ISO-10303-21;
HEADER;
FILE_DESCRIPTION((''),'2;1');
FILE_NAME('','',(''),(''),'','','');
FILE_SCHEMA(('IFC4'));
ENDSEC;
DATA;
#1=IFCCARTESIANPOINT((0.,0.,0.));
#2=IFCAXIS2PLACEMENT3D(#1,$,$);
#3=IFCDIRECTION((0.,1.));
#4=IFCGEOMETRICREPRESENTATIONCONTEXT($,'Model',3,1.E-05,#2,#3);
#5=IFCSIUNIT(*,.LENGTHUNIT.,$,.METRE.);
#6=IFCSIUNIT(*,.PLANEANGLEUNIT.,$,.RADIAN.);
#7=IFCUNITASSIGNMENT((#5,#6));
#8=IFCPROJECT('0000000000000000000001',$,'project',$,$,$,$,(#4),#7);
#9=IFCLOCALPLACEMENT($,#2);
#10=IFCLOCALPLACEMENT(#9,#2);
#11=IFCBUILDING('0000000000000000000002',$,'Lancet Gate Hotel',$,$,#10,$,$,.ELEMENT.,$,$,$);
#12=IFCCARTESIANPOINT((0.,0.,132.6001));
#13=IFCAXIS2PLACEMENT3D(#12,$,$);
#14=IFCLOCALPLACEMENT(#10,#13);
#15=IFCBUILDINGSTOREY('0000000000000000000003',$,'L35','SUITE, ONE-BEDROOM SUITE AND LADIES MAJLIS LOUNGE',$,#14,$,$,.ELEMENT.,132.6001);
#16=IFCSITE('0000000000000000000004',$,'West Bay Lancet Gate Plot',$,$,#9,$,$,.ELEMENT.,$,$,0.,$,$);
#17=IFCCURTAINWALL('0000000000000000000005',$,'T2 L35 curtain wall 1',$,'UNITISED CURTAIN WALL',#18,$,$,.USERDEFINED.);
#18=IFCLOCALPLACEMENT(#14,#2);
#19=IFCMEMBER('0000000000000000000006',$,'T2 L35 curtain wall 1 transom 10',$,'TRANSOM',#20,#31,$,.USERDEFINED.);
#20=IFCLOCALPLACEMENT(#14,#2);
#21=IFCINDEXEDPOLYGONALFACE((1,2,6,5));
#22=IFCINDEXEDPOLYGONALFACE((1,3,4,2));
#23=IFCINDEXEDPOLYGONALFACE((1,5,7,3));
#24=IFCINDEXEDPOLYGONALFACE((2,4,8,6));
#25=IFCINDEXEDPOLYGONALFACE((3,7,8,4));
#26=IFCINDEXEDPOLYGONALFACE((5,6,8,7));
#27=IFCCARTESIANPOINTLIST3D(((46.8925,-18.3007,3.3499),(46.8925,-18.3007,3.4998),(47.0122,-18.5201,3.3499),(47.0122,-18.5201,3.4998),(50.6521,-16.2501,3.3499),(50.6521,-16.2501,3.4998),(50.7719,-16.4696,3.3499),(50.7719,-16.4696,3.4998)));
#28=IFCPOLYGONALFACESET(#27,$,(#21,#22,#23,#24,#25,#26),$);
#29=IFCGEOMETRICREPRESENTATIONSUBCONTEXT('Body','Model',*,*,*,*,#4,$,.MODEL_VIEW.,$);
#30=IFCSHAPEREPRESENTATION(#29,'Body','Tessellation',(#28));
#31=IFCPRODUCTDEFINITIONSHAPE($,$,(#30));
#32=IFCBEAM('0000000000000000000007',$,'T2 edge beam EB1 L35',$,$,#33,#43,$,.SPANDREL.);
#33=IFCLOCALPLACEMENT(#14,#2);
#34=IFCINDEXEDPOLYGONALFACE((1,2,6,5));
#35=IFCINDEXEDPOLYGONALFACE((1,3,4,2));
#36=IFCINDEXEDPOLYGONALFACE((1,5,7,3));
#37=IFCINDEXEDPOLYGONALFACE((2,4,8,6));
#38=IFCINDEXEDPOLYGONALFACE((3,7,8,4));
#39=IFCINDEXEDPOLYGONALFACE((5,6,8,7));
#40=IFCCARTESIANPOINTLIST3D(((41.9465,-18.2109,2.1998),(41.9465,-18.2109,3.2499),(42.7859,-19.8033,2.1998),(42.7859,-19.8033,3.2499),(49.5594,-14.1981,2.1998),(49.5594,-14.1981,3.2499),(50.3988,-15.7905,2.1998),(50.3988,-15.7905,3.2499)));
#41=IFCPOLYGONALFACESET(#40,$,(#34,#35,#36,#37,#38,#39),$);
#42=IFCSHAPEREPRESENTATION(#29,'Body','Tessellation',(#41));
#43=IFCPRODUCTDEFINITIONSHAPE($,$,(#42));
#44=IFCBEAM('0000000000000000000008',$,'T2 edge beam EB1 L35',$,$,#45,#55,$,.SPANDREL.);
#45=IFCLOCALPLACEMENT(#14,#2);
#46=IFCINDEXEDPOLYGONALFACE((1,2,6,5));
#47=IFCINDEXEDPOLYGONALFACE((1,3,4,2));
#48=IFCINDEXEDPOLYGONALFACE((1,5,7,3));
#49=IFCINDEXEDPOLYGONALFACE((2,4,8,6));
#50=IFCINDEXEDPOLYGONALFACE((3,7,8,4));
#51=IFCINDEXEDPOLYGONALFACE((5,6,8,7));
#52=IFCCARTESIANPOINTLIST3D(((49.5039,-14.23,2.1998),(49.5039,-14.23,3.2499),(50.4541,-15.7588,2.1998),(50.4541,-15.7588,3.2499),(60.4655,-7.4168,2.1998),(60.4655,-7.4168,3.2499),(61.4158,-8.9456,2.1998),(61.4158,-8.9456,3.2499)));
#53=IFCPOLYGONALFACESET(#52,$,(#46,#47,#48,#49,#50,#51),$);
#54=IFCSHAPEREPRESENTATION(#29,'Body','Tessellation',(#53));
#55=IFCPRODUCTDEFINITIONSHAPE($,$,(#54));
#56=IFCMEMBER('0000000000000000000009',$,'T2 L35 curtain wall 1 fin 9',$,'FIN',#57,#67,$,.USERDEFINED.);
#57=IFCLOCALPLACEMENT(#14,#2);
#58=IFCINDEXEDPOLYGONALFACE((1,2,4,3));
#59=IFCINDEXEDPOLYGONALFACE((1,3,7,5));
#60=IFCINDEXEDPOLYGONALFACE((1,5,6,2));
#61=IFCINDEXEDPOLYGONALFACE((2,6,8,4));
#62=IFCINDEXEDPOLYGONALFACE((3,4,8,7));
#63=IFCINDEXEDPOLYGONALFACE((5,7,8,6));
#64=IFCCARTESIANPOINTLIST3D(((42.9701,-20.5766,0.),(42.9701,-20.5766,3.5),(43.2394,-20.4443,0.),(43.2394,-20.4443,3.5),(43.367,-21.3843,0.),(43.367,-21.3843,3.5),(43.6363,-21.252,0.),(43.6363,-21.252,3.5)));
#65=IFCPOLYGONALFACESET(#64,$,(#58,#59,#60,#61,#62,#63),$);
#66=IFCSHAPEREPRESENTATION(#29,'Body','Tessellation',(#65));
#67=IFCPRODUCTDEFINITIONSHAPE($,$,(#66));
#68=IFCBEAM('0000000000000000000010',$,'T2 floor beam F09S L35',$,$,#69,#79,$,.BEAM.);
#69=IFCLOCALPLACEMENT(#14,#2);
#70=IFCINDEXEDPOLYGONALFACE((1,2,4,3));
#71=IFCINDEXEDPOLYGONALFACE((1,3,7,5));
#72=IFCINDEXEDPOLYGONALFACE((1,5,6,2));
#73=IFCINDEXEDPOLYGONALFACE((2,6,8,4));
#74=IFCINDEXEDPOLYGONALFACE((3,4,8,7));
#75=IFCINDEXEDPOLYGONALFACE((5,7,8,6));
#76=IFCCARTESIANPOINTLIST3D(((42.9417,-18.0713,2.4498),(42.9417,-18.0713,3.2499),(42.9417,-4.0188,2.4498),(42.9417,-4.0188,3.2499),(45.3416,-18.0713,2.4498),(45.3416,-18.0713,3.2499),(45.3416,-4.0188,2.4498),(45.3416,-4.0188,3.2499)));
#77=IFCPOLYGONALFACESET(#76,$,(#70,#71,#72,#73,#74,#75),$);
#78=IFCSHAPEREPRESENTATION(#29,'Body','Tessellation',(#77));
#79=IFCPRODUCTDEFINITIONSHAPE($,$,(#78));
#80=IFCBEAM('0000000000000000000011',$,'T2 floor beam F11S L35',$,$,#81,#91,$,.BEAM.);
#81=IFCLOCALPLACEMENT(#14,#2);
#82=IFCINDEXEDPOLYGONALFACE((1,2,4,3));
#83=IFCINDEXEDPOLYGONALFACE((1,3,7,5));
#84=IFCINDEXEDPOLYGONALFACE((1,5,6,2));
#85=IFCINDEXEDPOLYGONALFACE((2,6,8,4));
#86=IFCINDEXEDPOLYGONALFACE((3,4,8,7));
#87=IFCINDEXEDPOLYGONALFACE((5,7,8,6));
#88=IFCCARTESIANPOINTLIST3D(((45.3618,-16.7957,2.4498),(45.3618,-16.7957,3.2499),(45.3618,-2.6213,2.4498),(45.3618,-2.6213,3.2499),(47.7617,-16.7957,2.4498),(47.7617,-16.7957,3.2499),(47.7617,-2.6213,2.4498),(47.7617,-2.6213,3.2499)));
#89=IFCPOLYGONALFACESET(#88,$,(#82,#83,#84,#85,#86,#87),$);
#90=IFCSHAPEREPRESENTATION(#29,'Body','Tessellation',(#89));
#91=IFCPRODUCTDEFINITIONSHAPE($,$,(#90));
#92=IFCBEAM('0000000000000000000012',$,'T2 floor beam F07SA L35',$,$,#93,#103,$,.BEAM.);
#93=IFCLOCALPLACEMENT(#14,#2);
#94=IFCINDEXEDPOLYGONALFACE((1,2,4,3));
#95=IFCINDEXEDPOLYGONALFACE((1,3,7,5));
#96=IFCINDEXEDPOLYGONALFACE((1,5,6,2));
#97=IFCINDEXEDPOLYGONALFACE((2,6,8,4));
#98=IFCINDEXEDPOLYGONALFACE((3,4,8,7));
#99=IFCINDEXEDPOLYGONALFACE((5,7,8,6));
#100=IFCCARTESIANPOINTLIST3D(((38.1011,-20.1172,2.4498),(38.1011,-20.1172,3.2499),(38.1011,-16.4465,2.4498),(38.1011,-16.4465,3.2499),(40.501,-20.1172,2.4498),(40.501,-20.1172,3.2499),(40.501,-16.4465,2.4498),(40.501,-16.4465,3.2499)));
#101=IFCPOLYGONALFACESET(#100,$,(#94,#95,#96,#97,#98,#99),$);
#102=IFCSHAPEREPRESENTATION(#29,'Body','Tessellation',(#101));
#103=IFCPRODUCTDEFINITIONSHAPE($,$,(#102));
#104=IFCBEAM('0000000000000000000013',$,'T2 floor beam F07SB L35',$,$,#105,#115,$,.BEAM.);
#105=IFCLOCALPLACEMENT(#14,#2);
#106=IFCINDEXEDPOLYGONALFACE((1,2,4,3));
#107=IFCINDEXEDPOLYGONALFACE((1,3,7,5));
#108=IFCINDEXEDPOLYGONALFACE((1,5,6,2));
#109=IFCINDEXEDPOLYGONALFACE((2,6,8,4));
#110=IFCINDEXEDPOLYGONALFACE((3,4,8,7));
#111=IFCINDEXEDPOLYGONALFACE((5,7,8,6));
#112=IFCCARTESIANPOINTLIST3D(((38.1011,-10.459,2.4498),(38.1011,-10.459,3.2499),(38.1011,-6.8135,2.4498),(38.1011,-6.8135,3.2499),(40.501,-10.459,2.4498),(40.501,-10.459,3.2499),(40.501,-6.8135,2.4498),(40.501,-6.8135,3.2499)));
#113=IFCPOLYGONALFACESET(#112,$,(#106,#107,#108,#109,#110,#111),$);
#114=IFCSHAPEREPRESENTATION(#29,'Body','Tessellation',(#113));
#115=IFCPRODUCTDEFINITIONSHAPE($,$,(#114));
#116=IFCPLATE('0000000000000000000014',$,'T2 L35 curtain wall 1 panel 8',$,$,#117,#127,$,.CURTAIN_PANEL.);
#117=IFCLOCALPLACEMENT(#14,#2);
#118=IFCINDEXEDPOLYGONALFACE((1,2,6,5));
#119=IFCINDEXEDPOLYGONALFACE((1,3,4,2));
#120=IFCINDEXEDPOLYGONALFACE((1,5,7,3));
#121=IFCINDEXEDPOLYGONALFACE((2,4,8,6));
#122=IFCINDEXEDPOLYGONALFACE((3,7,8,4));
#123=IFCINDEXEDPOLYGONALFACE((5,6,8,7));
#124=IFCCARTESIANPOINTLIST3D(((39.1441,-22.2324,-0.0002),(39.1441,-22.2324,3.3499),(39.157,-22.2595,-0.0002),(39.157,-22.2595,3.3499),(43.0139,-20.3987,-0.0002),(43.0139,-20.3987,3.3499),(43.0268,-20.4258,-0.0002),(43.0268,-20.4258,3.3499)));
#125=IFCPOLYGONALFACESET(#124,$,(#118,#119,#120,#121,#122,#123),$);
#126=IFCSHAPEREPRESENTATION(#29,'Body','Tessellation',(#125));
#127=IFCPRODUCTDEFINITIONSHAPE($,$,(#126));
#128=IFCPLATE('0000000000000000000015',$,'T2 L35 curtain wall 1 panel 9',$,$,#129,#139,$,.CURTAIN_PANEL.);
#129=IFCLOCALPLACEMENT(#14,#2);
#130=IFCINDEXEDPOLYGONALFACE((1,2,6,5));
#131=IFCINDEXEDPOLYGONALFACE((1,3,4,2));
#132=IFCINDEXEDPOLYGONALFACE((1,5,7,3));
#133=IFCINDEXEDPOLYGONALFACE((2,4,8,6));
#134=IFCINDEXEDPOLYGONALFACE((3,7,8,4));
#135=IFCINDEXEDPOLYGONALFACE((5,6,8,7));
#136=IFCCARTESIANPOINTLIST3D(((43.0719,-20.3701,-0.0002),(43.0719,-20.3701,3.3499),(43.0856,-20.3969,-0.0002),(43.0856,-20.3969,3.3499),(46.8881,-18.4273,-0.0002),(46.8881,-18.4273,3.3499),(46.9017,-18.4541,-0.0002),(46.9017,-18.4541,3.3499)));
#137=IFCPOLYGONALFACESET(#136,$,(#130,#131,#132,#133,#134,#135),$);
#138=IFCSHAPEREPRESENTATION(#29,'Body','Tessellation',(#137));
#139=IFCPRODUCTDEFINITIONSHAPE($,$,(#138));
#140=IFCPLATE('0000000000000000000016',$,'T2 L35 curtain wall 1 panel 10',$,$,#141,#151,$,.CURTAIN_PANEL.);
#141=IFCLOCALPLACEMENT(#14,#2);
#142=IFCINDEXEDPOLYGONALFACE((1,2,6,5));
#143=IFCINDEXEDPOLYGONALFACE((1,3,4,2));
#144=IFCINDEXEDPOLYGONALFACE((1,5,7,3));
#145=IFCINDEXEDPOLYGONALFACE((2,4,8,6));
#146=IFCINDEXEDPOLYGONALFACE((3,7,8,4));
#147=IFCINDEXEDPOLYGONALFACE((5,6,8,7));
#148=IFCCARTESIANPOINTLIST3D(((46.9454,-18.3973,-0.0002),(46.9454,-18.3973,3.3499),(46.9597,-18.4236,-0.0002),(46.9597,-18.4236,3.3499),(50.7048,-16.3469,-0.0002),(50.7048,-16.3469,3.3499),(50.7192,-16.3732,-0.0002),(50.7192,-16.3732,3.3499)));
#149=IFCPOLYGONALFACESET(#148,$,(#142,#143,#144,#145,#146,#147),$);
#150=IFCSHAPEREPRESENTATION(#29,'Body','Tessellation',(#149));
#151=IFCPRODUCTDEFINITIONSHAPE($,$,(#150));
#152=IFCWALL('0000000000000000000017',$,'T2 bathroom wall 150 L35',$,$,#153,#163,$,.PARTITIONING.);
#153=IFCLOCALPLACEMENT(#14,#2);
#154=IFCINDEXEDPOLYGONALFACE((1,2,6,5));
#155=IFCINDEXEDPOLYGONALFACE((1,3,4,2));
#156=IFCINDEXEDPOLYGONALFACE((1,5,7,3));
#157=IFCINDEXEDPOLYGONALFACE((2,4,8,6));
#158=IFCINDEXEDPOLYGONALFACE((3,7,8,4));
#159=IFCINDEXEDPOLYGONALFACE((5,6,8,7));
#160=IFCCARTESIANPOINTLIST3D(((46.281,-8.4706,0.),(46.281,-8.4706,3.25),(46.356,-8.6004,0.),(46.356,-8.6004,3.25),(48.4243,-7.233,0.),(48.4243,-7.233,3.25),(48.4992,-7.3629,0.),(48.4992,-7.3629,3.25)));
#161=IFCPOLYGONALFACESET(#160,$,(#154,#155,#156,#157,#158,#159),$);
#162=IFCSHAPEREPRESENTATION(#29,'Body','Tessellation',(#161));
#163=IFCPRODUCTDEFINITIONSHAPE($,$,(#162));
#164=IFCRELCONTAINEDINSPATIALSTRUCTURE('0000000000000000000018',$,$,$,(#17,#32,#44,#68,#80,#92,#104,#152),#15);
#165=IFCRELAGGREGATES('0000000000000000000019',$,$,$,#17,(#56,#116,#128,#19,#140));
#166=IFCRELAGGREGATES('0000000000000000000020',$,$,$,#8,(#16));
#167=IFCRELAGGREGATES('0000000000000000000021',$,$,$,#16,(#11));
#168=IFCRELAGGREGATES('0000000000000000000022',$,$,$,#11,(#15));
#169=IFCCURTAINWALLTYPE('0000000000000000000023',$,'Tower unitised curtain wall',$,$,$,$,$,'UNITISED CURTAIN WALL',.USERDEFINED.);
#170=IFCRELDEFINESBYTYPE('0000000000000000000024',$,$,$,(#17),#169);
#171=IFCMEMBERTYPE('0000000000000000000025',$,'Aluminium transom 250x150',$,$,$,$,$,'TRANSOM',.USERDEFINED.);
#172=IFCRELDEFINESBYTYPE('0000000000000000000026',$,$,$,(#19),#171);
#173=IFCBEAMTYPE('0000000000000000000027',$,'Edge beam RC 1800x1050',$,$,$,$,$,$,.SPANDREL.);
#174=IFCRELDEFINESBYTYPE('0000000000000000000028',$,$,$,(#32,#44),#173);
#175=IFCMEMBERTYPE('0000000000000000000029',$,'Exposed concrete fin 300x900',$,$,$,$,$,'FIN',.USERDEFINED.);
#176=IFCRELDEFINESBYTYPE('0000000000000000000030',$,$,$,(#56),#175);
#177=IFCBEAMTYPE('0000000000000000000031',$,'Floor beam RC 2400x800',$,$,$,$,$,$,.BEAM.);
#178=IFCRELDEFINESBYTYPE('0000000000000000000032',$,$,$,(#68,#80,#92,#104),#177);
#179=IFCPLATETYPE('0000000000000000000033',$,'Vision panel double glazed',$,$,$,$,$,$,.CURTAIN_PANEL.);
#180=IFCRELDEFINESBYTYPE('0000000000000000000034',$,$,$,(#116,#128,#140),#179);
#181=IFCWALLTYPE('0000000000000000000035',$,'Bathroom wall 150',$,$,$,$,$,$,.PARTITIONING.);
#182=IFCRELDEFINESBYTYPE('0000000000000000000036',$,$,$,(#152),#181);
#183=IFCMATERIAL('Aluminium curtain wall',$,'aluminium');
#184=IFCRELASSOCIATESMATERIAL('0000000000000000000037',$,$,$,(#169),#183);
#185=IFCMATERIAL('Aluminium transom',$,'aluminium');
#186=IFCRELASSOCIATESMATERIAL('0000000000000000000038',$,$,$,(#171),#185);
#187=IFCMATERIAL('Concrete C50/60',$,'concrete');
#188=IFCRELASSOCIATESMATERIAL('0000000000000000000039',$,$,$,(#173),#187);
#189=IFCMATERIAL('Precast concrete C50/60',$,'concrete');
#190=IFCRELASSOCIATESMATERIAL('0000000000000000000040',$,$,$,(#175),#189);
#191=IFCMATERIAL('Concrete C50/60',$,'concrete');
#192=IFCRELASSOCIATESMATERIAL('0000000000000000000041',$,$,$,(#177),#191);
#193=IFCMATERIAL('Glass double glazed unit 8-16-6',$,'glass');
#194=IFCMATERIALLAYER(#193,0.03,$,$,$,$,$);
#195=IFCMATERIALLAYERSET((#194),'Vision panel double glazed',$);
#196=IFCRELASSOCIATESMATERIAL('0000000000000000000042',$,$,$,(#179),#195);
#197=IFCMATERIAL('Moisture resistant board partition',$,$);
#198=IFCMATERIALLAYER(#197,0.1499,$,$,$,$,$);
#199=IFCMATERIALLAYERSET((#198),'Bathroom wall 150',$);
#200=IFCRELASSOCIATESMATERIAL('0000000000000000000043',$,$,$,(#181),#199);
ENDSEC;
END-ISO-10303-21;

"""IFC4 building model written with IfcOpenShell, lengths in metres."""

from ifc_helpers import new_model, si_unit, direction, frame, frame_2d, origin, origin_2d, place, context, subcontext, project, spatial, rectangle, extrude, material, layer, layer_set, material_profile, profile_set, type_object, element, aggregate, save


model = new_model("IFC4")

# Units and contexts
model_context = context("Model", 3, precision=1e-05, world=origin(), true_north=direction((0.0, 1.0)))
body_context = subcontext(model_context, "Body", "Model", "MODEL_VIEW")
ifc_project = project(units=[si_unit("LENGTHUNIT", "METRE"), si_unit("PLANEANGLEUNIT", "RADIAN")], contexts=[model_context])

# Site, building, storey
site_placement = place(None, origin())
site = spatial("IfcSite", under=ifc_project, at=site_placement, Name="West Bay Lancet Gate Plot", CompositionType="ELEMENT", RefElevation=0.0)
building_placement = place(site_placement, origin())
building = spatial("IfcBuilding", under=site, at=building_placement, Name="Lancet Gate Hotel", CompositionType="ELEMENT")
storey_placement = place(building_placement, frame((0.0, 0.0, 132.6001)))
storey = spatial("IfcBuildingStorey", under=building, at=storey_placement, Name="L35", Description="SUITE, ONE-BEDROOM SUITE AND LADIES MAJLIS LOUNGE", CompositionType="ELEMENT", Elevation=132.6001)

# Curtain wall, member
ifc_material_1 = material(Name="Aluminium curtain wall", Category="aluminium")
curtain_wall_type = type_object("IfcCurtainWallType", Name="Tower unitised curtain wall", ElementType="UNITISED CURTAIN WALL", PredefinedType="USERDEFINED", material=ifc_material_1)
curtain_wall_placement = place(storey_placement, origin())
curtain_wall = element("IfcCurtainWall", 1, at=curtain_wall_placement, inside=storey, type_object=curtain_wall_type, Name="T2 L35 curtain wall 1", ObjectType="UNITISED CURTAIN WALL", PredefinedType="USERDEFINED")
ifc_material_2 = material(Name="Aluminium transom", Category="aluminium")
ifc_material_profile_1 = material_profile(ifc_material_2, rectangle(XDim=0.25, YDim=0.1499, at=origin_2d()), Name="TRANSOM 250x150")
ifc_profile_set_1 = profile_set([ifc_material_profile_1], Name="Aluminium transom")
member_type_1 = type_object("IfcMemberType", Name="Aluminium transom 250x150", ElementType="TRANSOM", PredefinedType="USERDEFINED", material=ifc_profile_set_1)
member_1_placement = place(storey_placement, frame((46.9524, -18.4104, 3.4248), z_axis=(0.877906, 0.478832, 0.0), x_axis=(-0.478832, 0.877906, 0.0)))
member_1 = element("IfcMember", 2, at=member_1_placement, type_object=member_type_1, Name="T2 L35 curtain wall 1 transom 10", ObjectType="TRANSOM", PredefinedType="USERDEFINED", context=body_context, shape_type="SweptSolid", body=[
    extrude(rectangle(XDim=0.25, YDim=0.1499, at=origin_2d()), origin(), (0.0, 0.0, 1.0), 4.2825),
])

# Beams
ifc_material_3 = material(Name="Concrete C50/60", Category="concrete")
ifc_material_profile_2 = material_profile(ifc_material_3, rectangle(XDim=1.8, YDim=1.05, at=origin_2d()), Name="RC 1800x1050")
ifc_profile_set_2 = profile_set([ifc_material_profile_2], Name="Concrete C50/60")
beam_type_1 = type_object("IfcBeamType", Name="Edge beam RC 1800x1050", PredefinedType="SPANDREL", material=ifc_profile_set_2)
beam_1_placement = place(storey_placement, frame((42.3662, -19.0071, 2.7249), z_axis=(0.884633, 0.466289, 0.0), x_axis=(-0.466289, 0.884633, 0.0)))
element("IfcBeam", 3, at=beam_1_placement, inside=storey, type_object=beam_type_1, Name="T2 edge beam EB1 L35", PredefinedType="SPANDREL", context=body_context, shape_type="SweptSolid", body=[
    extrude(rectangle(XDim=1.8, YDim=1.05, at=origin_2d()), origin(), (0.0, 0.0, 1.0), 8.6057),
])
beam_2_placement = place(storey_placement, frame((49.979, -14.9944, 2.7249), z_axis=(0.849312, 0.527891, 0.0), x_axis=(-0.527891, 0.849312, 0.0)))
element("IfcBeam", 4, at=beam_2_placement, inside=storey, type_object=beam_type_1, Name="T2 edge beam EB1 L35", PredefinedType="SPANDREL", context=body_context, shape_type="SweptSolid", body=[
    extrude(rectangle(XDim=1.8, YDim=1.05, at=origin_2d()), origin(), (0.0, 0.0, 1.0), 12.9065),
])

# Member
ifc_material_4 = material(Name="Precast concrete C50/60", Category="concrete")
ifc_material_profile_3 = material_profile(ifc_material_4, rectangle(XDim=0.3, YDim=0.8999, at=origin_2d()), Name="FIN 300x900")
ifc_profile_set_3 = profile_set([ifc_material_profile_3], Name="Precast concrete C50/60")
member_type_2 = type_object("IfcMemberType", Name="Exposed concrete fin 300x900", ElementType="FIN", PredefinedType="USERDEFINED", material=ifc_profile_set_3)
member_2_placement = place(storey_placement, frame((43.3032, -20.9143, 0.0), z_axis=(0.0, 0.0, 1.0), x_axis=(0.897512, 0.44099, 0.0)))
member_2 = element("IfcMember", 5, at=member_2_placement, type_object=member_type_2, Name="T2 L35 curtain wall 1 fin 9", ObjectType="FIN", PredefinedType="USERDEFINED", context=body_context, shape_type="SweptSolid", body=[
    extrude(rectangle(XDim=0.3, YDim=0.8999, at=origin_2d()), origin(), (0.0, 0.0, 1.0), 3.5),
])

# Beams
ifc_material_5 = material(Name="Concrete C50/60", Category="concrete")
ifc_material_profile_4 = material_profile(ifc_material_5, rectangle(XDim=2.3999, YDim=0.8, at=origin_2d()), Name="RC 2400x800")
ifc_profile_set_4 = profile_set([ifc_material_profile_4], Name="Concrete C50/60")
beam_type_2 = type_object("IfcBeamType", Name="Floor beam RC 2400x800", PredefinedType="BEAM", material=ifc_profile_set_4)
beam_3_placement = place(storey_placement, frame((44.1416, -18.0713, 2.8499), z_axis=(0.0, 1.0, 0.0), x_axis=(-1.0, 0.0, 0.0)))
element("IfcBeam", 6, at=beam_3_placement, inside=storey, type_object=beam_type_2, Name="T2 floor beam F09S L35", PredefinedType="BEAM", context=body_context, shape_type="SweptSolid", body=[
    extrude(rectangle(XDim=2.3999, YDim=0.8, at=origin_2d()), origin(), (0.0, 0.0, 1.0), 14.0525),
])
beam_4_placement = place(storey_placement, frame((46.5618, -16.7957, 2.8499), z_axis=(0.0, 1.0, 0.0), x_axis=(-1.0, 0.0, 0.0)))
element("IfcBeam", 7, at=beam_4_placement, inside=storey, type_object=beam_type_2, Name="T2 floor beam F11S L35", PredefinedType="BEAM", context=body_context, shape_type="SweptSolid", body=[
    extrude(rectangle(XDim=2.3999, YDim=0.8, at=origin_2d()), origin(), (0.0, 0.0, 1.0), 14.1743),
])
beam_5_placement = place(storey_placement, frame((39.301, -20.1172, 2.8499), z_axis=(0.0, 1.0, 0.0), x_axis=(-1.0, 0.0, 0.0)))
element("IfcBeam", 8, at=beam_5_placement, inside=storey, type_object=beam_type_2, Name="T2 floor beam F07SA L35", PredefinedType="BEAM", context=body_context, shape_type="SweptSolid", body=[
    extrude(rectangle(XDim=2.3999, YDim=0.8, at=origin_2d()), origin(), (0.0, 0.0, 1.0), 3.6707),
])
beam_6_placement = place(storey_placement, frame((39.301, -10.459, 2.8499), z_axis=(0.0, 1.0, 0.0), x_axis=(-1.0, 0.0, 0.0)))
element("IfcBeam", 9, at=beam_6_placement, inside=storey, type_object=beam_type_2, Name="T2 floor beam F07SB L35", PredefinedType="BEAM", context=body_context, shape_type="SweptSolid", body=[
    extrude(rectangle(XDim=2.3999, YDim=0.8, at=origin_2d()), origin(), (0.0, 0.0, 1.0), 3.6455),
])

# Plates
ifc_material_6 = material(Name="Glass double glazed unit 8-16-6", Category="glass")
ifc_layer_1 = layer(ifc_material_6, 0.03)
ifc_layer_set_1 = layer_set([ifc_layer_1], Name="Vision panel double glazed")
plate_type = type_object("IfcPlateType", Name="Vision panel double glazed", PredefinedType="CURTAIN_PANEL", material=ifc_layer_set_1)
plate_1_placement = place(storey_placement, frame((41.0854, -21.3291, -0.0002), z_axis=(0.0, 0.0, 1.0), x_axis=(0.903683, 0.428201, 0.0)))
plate_1 = element("IfcPlate", 10, at=plate_1_placement, type_object=plate_type, Name="T2 L35 curtain wall 1 panel 8", PredefinedType="CURTAIN_PANEL", context=body_context, shape_type="SweptSolid", body=[
    extrude(rectangle(XDim=4.2822, YDim=0.03, at=origin_2d()), origin(), (0.0, 0.0, 1.0), 3.3501),
])
plate_2_placement = place(storey_placement, frame((44.9868, -19.4121, -0.0002), z_axis=(0.0, 0.0, 1.0), x_axis=(0.891159, 0.45369, 0.0)))
plate_2 = element("IfcPlate", 11, at=plate_2_placement, type_object=plate_type, Name="T2 L35 curtain wall 1 panel 9", PredefinedType="CURTAIN_PANEL", context=body_context, shape_type="SweptSolid", body=[
    extrude(rectangle(XDim=4.2822, YDim=0.03, at=origin_2d()), origin(), (0.0, 0.0, 1.0), 3.3501),
])
plate_3_placement = place(storey_placement, frame((48.8323, -17.3853, -0.0002), z_axis=(0.0, 0.0, 1.0), x_axis=(0.877916, 0.478814, 0.0)))
plate_3 = element("IfcPlate", 12, at=plate_3_placement, type_object=plate_type, Name="T2 L35 curtain wall 1 panel 10", PredefinedType="CURTAIN_PANEL", context=body_context, shape_type="SweptSolid", body=[
    extrude(rectangle(XDim=4.2822, YDim=0.03, at=origin_2d()), origin(), (0.0, 0.0, 1.0), 3.3501),
])
aggregate(curtain_wall, [member_2, plate_1, plate_2, member_1, plate_3])

# Wall
ifc_material_7 = material(Name="Moisture resistant board partition")
ifc_layer_2 = layer(ifc_material_7, 0.1499)
ifc_layer_set_2 = layer_set([ifc_layer_2], Name="Bathroom wall 150")
wall_type_1 = type_object("IfcWallType", Name="Bathroom wall 150", PredefinedType="PARTITIONING", material=ifc_layer_set_2)
wall_1_placement = place(storey_placement, frame((46.3186, -8.5354, 0.0), z_axis=(0.0, 0.0, 1.0), x_axis=(0.866007, 0.500033, 0.0)))
element("IfcWall", 13, at=wall_1_placement, inside=storey, type_object=wall_type_1, Name="T2 bathroom wall 150 L35", PredefinedType="PARTITIONING", context=body_context, shape_type="SweptSolid", body=[
    extrude(rectangle(XDim=2.4749, YDim=0.1499, at=frame_2d((1.2373, 0.0))), origin(), (0.0, 0.0, 1.0), 3.25),
])

save(model, "model.ifc")
